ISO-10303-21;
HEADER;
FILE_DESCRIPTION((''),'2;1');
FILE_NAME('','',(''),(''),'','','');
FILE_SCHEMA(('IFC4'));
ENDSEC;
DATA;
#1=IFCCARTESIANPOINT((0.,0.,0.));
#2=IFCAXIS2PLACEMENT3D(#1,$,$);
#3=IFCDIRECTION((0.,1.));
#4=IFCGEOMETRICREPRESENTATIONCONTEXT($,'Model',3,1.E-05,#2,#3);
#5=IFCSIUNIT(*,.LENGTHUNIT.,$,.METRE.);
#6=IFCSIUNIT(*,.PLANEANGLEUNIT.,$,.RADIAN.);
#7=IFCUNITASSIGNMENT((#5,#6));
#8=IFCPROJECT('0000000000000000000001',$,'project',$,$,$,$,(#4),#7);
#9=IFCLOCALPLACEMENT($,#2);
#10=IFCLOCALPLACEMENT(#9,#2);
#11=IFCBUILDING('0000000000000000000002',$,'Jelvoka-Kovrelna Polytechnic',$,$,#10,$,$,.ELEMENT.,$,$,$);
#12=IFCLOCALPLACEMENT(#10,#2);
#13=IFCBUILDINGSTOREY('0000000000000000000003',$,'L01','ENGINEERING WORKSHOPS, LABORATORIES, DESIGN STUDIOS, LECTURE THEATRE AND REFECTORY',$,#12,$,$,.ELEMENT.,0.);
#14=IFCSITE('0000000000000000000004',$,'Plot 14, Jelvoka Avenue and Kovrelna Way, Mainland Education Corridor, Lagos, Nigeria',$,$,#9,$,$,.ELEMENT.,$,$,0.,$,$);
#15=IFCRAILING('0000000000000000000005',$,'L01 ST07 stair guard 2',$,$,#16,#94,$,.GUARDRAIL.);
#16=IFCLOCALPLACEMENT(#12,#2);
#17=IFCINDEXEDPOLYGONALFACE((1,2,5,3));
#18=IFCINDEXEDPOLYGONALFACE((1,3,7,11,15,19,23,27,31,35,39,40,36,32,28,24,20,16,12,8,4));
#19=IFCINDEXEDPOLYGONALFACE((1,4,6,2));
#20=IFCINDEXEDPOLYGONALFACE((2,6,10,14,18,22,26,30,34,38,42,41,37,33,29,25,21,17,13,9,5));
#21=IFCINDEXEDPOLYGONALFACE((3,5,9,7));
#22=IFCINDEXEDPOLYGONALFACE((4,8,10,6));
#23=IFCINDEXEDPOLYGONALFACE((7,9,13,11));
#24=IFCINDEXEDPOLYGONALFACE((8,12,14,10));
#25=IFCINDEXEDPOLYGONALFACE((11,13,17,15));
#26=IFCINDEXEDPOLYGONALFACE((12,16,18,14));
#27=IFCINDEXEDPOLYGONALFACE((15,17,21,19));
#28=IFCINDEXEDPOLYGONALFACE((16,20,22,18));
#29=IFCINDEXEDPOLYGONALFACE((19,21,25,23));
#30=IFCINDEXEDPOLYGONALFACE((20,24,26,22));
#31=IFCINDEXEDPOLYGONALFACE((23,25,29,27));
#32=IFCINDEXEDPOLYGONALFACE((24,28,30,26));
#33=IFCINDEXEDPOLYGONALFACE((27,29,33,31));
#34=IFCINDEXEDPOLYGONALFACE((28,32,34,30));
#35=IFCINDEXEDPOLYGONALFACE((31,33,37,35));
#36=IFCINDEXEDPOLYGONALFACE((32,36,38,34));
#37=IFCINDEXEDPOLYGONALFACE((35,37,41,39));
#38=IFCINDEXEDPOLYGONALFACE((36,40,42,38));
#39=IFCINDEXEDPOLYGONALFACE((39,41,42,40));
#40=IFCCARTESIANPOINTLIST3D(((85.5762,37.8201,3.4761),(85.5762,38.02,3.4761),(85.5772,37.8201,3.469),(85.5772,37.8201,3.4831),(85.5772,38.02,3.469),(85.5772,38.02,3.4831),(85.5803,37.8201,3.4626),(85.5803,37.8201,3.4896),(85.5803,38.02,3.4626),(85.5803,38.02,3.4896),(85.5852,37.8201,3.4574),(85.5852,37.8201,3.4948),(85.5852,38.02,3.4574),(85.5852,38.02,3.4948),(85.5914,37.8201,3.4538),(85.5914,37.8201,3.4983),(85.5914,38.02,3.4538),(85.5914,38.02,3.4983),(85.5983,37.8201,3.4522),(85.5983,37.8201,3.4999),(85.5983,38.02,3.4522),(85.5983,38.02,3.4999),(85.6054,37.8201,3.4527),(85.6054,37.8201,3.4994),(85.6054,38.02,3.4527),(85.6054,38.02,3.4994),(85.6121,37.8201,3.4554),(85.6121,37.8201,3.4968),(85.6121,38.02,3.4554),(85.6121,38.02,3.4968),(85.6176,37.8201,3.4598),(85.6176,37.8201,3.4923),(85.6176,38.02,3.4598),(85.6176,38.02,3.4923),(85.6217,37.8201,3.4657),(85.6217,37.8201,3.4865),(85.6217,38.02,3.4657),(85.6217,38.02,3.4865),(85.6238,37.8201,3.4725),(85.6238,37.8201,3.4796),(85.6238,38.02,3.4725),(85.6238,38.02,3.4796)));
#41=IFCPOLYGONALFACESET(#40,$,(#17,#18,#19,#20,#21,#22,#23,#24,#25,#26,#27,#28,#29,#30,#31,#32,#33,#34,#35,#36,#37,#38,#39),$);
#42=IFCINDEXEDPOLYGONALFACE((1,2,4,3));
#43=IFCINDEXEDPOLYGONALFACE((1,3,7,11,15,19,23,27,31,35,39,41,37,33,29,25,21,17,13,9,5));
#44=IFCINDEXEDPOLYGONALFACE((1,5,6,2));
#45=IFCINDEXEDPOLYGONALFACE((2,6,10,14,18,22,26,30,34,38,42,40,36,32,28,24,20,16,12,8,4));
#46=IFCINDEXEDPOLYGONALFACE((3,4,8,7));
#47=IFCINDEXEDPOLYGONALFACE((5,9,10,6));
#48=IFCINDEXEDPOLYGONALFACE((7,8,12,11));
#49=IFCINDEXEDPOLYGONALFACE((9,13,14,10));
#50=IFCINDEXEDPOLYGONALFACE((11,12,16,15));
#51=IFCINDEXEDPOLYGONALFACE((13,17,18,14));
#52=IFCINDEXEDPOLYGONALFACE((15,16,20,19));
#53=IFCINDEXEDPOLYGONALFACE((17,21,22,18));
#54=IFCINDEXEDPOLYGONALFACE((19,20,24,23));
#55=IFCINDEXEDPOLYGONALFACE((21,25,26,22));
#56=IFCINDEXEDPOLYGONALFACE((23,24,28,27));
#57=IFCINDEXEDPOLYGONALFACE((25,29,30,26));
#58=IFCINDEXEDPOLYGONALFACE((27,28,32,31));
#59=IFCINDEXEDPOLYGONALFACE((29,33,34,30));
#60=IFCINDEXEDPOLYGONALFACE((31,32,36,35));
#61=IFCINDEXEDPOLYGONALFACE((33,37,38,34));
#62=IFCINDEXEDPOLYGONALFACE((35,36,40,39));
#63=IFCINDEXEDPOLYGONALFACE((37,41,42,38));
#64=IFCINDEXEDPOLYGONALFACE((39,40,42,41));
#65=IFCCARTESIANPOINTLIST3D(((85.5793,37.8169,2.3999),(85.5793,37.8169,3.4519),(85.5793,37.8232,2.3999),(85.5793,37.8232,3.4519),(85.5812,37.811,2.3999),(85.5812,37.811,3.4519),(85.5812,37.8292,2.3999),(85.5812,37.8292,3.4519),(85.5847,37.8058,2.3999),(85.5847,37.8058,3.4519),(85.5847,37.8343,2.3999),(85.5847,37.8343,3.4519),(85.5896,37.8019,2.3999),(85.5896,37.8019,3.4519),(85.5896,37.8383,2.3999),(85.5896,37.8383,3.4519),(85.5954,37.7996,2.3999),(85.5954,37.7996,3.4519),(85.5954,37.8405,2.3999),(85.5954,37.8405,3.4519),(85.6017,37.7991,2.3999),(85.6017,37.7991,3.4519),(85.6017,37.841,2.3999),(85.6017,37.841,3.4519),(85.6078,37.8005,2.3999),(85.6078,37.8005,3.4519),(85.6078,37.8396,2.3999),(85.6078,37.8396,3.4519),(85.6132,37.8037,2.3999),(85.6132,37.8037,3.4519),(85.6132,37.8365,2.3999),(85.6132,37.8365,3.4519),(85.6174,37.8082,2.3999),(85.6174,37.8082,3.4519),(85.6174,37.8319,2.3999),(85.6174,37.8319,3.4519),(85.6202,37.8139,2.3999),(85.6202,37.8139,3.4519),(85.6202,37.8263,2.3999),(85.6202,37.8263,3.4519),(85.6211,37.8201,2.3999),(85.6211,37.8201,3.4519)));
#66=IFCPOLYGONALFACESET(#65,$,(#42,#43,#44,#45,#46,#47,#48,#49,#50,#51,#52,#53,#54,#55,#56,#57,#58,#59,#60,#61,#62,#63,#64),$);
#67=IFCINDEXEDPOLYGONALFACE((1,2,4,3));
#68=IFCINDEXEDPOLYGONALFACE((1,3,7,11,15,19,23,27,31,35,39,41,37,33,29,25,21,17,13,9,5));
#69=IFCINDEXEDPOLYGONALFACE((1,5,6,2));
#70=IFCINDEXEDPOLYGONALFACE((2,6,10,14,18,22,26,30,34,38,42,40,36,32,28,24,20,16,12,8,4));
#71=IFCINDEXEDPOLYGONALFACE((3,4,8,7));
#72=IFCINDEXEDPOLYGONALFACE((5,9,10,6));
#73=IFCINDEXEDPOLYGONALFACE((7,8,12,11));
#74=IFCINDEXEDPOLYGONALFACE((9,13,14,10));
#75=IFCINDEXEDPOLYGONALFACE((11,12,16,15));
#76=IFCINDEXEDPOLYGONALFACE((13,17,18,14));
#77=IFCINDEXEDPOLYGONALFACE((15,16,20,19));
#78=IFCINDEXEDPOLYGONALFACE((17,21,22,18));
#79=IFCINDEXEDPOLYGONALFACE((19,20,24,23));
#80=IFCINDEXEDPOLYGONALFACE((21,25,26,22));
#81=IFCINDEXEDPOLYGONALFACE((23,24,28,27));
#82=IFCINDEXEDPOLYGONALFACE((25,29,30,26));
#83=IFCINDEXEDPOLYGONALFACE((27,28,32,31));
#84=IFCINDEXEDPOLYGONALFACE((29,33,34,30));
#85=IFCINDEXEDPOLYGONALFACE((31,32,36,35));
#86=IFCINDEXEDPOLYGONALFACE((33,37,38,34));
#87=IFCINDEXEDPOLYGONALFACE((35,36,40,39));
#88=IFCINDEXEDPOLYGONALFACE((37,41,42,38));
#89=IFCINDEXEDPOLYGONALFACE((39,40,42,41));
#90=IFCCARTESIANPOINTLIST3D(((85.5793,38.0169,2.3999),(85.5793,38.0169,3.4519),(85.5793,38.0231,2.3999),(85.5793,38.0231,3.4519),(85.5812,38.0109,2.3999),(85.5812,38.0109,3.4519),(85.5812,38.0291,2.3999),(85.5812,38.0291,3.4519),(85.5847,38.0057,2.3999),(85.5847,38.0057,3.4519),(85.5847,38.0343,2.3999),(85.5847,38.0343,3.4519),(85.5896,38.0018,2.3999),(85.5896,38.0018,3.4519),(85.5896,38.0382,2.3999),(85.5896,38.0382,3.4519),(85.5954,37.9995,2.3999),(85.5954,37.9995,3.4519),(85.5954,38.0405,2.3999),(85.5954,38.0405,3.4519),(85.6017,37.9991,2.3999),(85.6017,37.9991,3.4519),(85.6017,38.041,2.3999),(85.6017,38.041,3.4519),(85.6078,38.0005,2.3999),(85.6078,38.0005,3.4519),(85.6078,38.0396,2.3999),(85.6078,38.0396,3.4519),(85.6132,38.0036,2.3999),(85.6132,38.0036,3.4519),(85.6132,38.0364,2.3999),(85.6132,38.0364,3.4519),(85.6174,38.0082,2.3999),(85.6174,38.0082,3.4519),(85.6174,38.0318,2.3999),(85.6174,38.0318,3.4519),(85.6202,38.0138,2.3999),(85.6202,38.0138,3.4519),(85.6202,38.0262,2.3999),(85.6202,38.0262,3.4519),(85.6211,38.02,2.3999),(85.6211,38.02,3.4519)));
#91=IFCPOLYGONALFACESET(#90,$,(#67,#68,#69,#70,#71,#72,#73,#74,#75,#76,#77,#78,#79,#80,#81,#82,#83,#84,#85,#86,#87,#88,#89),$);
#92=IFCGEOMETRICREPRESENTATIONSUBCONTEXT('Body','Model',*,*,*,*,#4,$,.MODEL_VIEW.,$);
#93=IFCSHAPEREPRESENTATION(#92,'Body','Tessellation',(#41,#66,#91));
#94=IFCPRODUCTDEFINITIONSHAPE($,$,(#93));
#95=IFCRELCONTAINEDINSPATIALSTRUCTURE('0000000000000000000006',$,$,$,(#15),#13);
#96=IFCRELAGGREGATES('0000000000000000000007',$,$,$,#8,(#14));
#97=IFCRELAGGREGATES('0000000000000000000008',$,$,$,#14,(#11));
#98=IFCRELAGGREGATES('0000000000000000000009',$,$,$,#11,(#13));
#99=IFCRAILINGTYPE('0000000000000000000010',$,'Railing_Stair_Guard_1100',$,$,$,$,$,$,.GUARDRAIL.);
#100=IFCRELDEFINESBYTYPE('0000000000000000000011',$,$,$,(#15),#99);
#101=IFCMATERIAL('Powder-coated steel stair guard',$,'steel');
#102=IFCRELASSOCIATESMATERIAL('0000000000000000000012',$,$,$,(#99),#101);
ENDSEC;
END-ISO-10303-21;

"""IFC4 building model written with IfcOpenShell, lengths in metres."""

from ifc_helpers import new_model, si_unit, direction, frame, origin, origin_2d, place, context, subcontext, project, spatial, circle, extrude, material, type_object, element, save


model = new_model("IFC4")

# Units and contexts
model_context = context("Model", 3, precision=1e-05, world=origin(), true_north=direction((0.0, 1.0)))
body_context = subcontext(model_context, "Body", "Model", "MODEL_VIEW")
ifc_project = project(units=[si_unit("LENGTHUNIT", "METRE"), si_unit("PLANEANGLEUNIT", "RADIAN")], contexts=[model_context])

# Site, building, storey
site_placement = place(None, origin())
site = spatial("IfcSite", under=ifc_project, at=site_placement, Name="Plot 14, Jelvoka Avenue and Kovrelna Way, Mainland Education Corridor, Lagos, Nigeria", CompositionType="ELEMENT", RefElevation=0.0)
building_placement = place(site_placement, origin())
building = spatial("IfcBuilding", under=site, at=building_placement, Name="Jelvoka-Kovrelna Polytechnic", CompositionType="ELEMENT")
storey_placement = place(building_placement, origin())
storey = spatial("IfcBuildingStorey", under=building, at=storey_placement, Name="L01", Description="ENGINEERING WORKSHOPS, LABORATORIES, DESIGN STUDIOS, LECTURE THEATRE AND REFECTORY", CompositionType="ELEMENT", Elevation=0.0)

# Railing
ifc_material_1 = material(Name="Powder-coated steel stair guard", Category="steel")
railing_type_1 = type_object("IfcRailingType", Name="Railing_Stair_Guard_1100", PredefinedType="GUARDRAIL", material=ifc_material_1)
railing_1_placement = place(storey_placement, frame((85.6001, 37.8201, 2.3999)))
element("IfcRailing", 1, at=railing_1_placement, inside=storey, type_object=railing_type_1, Name="L01 ST07 stair guard 2", PredefinedType="GUARDRAIL", context=body_context, shape_type="SweptSolid", body=[
    extrude(circle(Radius=0.0239, at=origin_2d()), frame((0.0, 0.0, 1.0762), z_axis=(0.0, 1.0, 0.0), x_axis=(-1.0, 0.0, 0.0)), (0.0, 0.0, 1.0), 0.2),
    extrude(circle(Radius=0.021, at=origin_2d()), origin(), (0.0, 0.0, 1.0), 1.052),
    extrude(circle(Radius=0.021, at=origin_2d()), frame((0.0, 0.2, 0.0)), (0.0, 0.0, 1.0), 1.052),
])

save(model, "model.ifc")
